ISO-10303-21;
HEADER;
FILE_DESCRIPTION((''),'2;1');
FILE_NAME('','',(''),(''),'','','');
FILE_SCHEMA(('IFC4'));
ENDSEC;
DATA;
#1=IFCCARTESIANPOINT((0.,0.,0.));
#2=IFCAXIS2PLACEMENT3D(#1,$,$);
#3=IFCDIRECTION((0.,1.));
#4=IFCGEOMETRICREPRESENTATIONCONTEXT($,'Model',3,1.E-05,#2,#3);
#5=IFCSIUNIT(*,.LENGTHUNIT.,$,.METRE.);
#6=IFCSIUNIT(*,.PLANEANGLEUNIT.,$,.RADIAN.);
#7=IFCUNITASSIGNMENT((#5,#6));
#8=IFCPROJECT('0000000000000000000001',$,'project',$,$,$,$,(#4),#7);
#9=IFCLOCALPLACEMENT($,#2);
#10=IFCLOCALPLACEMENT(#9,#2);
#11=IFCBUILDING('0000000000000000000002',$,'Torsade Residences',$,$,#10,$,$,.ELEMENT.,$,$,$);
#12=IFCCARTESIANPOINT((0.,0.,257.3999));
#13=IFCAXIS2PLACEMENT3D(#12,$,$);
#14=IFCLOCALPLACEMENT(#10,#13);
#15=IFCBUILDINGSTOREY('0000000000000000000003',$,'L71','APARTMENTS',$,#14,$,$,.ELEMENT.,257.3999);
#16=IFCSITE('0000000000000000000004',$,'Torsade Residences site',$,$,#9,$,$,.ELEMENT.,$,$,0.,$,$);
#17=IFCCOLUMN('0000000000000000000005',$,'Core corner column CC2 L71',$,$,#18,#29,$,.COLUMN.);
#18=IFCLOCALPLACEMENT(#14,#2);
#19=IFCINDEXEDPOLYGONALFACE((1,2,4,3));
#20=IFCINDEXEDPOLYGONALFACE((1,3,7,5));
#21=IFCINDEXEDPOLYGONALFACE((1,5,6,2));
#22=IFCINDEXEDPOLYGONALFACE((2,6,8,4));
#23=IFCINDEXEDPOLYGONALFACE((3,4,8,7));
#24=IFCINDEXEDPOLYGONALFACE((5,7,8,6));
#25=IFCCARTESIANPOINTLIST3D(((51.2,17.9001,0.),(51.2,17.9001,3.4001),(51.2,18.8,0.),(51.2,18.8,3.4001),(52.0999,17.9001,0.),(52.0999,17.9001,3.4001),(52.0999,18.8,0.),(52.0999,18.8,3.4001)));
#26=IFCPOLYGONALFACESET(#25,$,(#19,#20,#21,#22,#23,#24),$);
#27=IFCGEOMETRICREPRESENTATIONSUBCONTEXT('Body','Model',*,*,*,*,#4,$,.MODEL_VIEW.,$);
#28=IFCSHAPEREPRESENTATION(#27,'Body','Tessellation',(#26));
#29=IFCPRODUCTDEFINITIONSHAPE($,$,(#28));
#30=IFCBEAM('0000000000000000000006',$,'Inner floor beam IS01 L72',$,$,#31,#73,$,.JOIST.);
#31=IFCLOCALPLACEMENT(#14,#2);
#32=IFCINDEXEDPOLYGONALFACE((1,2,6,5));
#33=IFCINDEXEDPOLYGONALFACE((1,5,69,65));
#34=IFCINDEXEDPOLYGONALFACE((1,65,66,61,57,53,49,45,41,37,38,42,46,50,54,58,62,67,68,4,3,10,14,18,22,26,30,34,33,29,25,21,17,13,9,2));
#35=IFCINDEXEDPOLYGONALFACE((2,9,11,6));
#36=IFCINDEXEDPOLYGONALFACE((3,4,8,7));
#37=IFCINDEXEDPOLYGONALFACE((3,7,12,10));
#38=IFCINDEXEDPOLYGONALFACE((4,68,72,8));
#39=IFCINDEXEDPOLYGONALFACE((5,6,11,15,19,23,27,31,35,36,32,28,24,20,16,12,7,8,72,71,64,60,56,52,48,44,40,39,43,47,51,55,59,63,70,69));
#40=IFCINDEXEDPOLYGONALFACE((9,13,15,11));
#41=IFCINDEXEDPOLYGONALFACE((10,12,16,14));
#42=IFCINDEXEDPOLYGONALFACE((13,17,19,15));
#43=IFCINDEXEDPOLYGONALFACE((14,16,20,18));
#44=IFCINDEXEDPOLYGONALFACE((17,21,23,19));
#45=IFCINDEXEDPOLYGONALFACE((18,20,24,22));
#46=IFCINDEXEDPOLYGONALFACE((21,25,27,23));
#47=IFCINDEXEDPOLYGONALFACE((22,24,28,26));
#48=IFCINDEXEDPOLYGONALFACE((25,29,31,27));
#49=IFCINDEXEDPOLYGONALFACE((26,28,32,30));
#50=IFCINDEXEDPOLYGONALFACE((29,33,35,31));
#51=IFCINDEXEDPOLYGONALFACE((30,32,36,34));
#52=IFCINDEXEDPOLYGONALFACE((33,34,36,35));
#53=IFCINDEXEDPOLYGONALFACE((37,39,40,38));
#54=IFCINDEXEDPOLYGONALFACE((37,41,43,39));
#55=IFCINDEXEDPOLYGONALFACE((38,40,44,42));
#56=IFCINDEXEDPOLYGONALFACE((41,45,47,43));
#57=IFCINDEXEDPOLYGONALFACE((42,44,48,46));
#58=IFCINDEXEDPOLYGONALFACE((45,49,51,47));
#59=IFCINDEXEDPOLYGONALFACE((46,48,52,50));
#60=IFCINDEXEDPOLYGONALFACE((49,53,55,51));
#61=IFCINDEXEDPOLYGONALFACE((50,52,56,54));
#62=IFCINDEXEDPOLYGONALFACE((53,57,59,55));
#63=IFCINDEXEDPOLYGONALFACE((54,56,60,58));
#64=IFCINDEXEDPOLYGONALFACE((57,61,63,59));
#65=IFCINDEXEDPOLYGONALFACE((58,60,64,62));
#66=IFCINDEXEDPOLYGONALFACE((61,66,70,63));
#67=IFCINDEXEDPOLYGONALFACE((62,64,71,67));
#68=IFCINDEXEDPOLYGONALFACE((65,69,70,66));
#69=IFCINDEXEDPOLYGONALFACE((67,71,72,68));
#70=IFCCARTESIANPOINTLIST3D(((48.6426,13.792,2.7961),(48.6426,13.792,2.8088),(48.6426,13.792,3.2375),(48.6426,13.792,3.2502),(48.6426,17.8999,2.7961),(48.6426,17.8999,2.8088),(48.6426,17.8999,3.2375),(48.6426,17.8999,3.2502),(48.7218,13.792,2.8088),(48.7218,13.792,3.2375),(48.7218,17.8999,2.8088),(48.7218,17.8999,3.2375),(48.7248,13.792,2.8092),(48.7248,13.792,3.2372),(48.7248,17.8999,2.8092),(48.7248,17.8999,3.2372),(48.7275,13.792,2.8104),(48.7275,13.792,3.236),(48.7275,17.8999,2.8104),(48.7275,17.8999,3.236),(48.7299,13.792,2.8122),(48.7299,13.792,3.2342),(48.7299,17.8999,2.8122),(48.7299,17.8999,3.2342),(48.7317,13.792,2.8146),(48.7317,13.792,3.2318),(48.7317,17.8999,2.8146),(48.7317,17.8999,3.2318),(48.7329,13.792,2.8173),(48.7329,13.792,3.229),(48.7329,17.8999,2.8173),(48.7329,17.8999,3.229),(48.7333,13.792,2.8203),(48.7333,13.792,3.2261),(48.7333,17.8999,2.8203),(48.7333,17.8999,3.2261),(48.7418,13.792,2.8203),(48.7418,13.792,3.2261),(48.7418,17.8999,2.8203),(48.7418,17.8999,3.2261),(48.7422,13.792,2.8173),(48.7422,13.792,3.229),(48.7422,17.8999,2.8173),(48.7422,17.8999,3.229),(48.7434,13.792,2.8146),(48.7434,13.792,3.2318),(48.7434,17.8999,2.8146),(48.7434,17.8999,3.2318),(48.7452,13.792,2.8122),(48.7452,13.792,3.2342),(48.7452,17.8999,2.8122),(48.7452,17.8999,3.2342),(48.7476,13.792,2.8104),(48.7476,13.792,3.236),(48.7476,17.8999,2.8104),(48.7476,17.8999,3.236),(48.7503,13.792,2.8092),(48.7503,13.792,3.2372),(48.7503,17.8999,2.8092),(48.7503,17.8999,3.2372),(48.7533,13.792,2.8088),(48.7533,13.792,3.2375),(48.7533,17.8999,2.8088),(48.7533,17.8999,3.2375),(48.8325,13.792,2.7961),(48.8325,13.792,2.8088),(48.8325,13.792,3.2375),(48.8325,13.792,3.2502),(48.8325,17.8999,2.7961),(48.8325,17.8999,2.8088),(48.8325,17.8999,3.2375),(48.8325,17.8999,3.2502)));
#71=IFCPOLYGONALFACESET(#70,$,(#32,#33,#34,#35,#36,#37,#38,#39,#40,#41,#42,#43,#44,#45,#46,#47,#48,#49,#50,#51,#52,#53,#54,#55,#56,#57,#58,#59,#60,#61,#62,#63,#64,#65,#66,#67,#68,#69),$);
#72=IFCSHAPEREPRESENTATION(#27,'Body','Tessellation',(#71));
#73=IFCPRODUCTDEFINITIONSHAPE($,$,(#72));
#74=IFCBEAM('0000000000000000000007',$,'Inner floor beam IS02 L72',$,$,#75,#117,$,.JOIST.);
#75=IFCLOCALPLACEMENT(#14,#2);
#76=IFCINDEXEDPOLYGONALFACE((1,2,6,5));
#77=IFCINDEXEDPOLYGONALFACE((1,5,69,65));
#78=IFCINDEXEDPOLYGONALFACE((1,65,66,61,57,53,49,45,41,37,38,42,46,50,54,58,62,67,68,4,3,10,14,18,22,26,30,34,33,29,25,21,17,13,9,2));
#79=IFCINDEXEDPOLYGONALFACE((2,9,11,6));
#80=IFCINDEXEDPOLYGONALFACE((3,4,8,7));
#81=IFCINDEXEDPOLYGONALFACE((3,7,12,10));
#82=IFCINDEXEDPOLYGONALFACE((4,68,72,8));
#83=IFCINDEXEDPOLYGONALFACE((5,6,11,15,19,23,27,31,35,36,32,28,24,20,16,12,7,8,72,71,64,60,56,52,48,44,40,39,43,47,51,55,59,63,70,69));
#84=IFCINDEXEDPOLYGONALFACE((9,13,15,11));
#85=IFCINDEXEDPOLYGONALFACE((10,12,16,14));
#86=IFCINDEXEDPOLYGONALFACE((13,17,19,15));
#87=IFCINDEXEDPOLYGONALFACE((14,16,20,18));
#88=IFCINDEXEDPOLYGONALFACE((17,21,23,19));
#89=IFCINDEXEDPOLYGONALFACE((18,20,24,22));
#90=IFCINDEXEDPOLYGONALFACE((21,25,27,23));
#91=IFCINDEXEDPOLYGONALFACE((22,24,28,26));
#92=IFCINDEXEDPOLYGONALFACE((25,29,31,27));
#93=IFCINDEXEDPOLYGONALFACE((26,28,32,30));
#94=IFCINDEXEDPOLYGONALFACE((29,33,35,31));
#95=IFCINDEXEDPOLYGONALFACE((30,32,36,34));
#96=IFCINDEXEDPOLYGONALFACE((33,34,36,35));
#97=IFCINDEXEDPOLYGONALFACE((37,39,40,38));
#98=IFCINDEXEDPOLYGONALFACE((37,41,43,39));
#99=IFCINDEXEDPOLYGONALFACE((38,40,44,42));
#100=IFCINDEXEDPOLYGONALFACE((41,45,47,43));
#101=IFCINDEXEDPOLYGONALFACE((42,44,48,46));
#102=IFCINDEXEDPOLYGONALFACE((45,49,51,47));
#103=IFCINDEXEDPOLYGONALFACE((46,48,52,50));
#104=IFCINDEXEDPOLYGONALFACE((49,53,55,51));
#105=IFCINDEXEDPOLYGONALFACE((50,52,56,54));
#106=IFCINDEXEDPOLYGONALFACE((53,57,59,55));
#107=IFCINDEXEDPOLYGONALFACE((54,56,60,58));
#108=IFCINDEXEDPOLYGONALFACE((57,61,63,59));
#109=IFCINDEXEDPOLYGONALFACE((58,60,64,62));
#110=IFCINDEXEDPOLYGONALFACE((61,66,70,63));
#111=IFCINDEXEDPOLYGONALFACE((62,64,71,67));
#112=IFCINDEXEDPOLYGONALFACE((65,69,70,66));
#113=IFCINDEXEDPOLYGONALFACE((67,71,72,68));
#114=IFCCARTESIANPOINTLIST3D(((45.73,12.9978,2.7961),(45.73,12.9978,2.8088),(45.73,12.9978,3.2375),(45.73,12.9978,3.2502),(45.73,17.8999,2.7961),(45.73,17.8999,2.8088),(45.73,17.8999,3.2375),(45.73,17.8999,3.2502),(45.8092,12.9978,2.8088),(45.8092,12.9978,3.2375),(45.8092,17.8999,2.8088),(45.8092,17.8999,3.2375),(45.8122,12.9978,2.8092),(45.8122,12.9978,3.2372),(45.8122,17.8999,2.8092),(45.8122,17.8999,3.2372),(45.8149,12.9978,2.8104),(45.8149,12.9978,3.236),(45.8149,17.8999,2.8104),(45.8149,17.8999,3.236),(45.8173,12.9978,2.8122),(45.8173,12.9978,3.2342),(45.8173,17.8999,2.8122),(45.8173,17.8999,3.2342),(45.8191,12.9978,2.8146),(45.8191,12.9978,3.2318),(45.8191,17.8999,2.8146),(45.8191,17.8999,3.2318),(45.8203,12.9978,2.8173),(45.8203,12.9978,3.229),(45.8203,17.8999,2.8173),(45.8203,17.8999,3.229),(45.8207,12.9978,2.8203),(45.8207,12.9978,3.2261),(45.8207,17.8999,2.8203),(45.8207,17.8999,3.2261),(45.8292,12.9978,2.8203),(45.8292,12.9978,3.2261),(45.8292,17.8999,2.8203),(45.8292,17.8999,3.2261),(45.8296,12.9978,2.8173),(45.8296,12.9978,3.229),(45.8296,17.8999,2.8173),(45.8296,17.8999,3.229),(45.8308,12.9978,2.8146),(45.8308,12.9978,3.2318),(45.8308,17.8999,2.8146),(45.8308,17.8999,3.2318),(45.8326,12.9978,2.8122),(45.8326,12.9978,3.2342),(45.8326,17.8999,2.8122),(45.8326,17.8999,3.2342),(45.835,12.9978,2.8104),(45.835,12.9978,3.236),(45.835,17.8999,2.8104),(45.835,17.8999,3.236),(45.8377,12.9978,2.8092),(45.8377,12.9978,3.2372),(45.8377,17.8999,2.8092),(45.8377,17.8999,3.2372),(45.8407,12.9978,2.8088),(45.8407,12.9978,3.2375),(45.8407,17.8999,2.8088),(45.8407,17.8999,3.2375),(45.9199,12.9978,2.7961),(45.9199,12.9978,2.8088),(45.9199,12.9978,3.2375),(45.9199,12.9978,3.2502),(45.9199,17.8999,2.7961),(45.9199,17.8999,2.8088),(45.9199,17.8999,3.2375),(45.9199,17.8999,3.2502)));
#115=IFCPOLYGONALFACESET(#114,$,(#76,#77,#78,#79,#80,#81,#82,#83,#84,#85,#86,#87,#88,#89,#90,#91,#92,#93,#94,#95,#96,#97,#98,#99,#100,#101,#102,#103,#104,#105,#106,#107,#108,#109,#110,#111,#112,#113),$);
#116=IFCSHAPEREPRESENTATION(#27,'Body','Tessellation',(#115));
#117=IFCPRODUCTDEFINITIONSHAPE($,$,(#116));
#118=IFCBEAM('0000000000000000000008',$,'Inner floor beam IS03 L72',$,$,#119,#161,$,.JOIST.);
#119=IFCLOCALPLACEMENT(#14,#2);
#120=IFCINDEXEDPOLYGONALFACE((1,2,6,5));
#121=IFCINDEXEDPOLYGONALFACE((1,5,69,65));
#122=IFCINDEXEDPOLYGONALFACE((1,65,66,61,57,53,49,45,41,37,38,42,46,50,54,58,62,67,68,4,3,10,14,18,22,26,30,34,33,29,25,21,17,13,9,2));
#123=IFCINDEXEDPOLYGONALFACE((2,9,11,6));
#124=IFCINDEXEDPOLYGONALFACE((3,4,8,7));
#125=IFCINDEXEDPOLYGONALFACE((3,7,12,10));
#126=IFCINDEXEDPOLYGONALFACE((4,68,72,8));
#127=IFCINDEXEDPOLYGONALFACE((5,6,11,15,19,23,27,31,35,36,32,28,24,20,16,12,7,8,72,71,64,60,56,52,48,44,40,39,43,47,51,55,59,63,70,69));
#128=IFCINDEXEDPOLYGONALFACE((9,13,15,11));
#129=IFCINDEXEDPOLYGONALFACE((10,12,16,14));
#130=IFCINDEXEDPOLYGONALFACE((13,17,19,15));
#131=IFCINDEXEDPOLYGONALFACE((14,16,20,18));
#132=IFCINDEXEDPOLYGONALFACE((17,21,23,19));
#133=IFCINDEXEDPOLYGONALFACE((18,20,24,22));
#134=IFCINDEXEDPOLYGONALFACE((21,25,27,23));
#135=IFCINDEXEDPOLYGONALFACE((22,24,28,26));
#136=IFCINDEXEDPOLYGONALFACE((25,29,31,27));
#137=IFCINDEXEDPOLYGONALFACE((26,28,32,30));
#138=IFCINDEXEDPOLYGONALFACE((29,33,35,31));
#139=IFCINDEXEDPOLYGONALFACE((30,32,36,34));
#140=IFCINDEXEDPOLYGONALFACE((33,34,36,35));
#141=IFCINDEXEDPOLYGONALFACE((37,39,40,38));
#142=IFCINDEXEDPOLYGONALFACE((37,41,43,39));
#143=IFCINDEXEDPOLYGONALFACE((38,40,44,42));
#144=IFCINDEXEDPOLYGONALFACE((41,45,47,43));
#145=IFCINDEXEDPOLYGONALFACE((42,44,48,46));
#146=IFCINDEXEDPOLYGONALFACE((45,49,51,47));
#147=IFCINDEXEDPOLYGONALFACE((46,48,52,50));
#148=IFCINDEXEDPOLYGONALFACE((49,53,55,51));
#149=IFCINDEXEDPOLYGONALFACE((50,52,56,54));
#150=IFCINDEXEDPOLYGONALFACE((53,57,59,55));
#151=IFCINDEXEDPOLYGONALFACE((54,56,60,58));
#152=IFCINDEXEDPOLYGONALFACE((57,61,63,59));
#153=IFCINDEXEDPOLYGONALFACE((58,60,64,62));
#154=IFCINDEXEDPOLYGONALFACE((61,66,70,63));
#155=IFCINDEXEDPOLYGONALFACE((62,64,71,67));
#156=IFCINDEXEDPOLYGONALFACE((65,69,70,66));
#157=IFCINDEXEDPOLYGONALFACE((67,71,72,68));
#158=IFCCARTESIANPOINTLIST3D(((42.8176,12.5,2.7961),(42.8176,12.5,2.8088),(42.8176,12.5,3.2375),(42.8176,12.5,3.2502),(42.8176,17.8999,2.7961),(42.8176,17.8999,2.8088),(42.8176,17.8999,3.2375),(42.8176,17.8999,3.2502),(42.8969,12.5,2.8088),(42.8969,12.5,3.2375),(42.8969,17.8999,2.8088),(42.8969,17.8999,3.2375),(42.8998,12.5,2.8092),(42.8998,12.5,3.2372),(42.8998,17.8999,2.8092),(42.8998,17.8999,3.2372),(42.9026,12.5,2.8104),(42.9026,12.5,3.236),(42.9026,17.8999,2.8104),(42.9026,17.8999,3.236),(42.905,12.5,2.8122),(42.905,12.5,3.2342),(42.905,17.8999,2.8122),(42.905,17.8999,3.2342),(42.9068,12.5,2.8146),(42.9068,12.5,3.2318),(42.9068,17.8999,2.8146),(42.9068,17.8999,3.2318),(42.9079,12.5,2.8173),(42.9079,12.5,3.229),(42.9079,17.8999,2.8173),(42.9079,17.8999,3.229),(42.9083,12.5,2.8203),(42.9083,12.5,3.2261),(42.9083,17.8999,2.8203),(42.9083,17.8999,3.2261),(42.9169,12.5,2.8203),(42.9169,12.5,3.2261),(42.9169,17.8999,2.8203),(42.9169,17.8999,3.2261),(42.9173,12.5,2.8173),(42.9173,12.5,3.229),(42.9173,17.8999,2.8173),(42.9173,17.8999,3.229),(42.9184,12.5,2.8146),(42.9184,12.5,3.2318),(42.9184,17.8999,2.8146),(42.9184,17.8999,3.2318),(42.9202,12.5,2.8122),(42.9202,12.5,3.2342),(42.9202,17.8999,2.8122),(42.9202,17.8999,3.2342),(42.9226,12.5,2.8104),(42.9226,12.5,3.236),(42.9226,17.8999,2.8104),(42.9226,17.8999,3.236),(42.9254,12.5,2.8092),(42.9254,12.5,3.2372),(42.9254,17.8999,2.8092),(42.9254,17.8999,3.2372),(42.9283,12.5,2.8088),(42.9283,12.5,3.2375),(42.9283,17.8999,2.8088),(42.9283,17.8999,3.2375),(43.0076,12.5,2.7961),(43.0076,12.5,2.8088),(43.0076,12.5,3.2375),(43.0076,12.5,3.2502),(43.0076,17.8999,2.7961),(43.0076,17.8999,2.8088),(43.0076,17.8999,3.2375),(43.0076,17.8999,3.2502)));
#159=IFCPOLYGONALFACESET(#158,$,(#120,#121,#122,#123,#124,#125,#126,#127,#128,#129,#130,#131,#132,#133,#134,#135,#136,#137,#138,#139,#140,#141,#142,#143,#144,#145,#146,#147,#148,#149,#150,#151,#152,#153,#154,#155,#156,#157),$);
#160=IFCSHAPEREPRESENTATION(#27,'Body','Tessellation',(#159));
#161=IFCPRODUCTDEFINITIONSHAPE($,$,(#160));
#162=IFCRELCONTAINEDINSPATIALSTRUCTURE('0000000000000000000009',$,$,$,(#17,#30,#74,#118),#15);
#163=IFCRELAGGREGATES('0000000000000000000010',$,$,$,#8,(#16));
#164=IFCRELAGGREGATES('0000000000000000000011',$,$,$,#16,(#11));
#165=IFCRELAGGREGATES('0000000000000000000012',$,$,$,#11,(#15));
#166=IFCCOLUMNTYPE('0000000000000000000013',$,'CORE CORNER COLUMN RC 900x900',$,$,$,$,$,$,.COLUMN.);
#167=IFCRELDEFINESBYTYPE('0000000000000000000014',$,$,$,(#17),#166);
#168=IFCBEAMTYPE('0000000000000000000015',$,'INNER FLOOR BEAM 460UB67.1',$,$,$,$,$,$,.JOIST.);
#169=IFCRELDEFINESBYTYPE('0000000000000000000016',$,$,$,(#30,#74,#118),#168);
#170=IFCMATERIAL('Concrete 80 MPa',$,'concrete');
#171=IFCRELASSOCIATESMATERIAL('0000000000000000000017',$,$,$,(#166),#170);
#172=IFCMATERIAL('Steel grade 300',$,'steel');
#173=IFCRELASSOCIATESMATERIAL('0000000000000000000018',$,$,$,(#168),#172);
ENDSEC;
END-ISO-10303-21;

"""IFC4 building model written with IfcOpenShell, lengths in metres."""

from ifc_helpers import new_model, si_unit, direction, frame, origin, origin_2d, place, context, subcontext, project, spatial, rectangle, i_section, extrude, material, material_profile, profile_set, type_object, element, save


model = new_model("IFC4")

# Units and contexts
model_context = context("Model", 3, precision=1e-05, world=origin(), true_north=direction((0.0, 1.0)))
body_context = subcontext(model_context, "Body", "Model", "MODEL_VIEW")
ifc_project = project(units=[si_unit("LENGTHUNIT", "METRE"), si_unit("PLANEANGLEUNIT", "RADIAN")], contexts=[model_context])

# Site, building, storey
site_placement = place(None, origin())
site = spatial("IfcSite", under=ifc_project, at=site_placement, Name="Torsade Residences site", CompositionType="ELEMENT", RefElevation=0.0)
building_placement = place(site_placement, origin())
building = spatial("IfcBuilding", under=site, at=building_placement, Name="Torsade Residences", CompositionType="ELEMENT")
storey_placement = place(building_placement, frame((0.0, 0.0, 257.3999)))
storey = spatial("IfcBuildingStorey", under=building, at=storey_placement, Name="L71", Description="APARTMENTS", CompositionType="ELEMENT", Elevation=257.3999)

# Column
ifc_material_1 = material(Name="Concrete 80 MPa", Category="concrete")
ifc_material_profile_1 = material_profile(ifc_material_1, rectangle(XDim=0.8999, YDim=0.8999, at=origin_2d()), Name="RC 900x900")
ifc_profile_set_1 = profile_set([ifc_material_profile_1], Name="Concrete 80 MPa")
column_type = type_object("IfcColumnType", Name="CORE CORNER COLUMN RC 900x900", PredefinedType="COLUMN", material=ifc_profile_set_1)
column_placement = place(storey_placement, frame((51.6499, 18.3501, 0.0), z_axis=(0.0, 0.0, 1.0), x_axis=(1.0, 0.0, 0.0)))
element("IfcColumn", 1, at=column_placement, inside=storey, type_object=column_type, Name="Core corner column CC2 L71", PredefinedType="COLUMN", context=body_context, shape_type="SweptSolid", body=[
    extrude(rectangle(XDim=0.8999, YDim=0.8999, at=origin_2d()), origin(), (0.0, 0.0, 1.0), 3.4001),
])

# Beams
ifc_material_2 = material(Name="Steel grade 300", Category="steel")
ifc_material_profile_2 = material_profile(ifc_material_2, i_section(OverallWidth=0.1899, OverallDepth=0.4541, WebThickness=0.0085, FlangeThickness=0.0127, FilletRadius=0.0115, at=origin_2d()), Name="460UB67.1")
ifc_profile_set_2 = profile_set([ifc_material_profile_2], Name="Steel grade 300")
beam_type_1 = type_object("IfcBeamType", Name="INNER FLOOR BEAM 460UB67.1", PredefinedType="JOIST", material=ifc_profile_set_2)
beam_1_placement = place(storey_placement, frame((48.7375, 17.8999, 3.0232), z_axis=(0.0, -1.0, 0.0), x_axis=(1.0, 0.0, 0.0)))
element("IfcBeam", 2, at=beam_1_placement, inside=storey, type_object=beam_type_1, Name="Inner floor beam IS01 L72", PredefinedType="JOIST", context=body_context, shape_type="SweptSolid", body=[
    extrude(i_section(OverallWidth=0.1899, OverallDepth=0.4541, WebThickness=0.0085, FlangeThickness=0.0127, FilletRadius=0.0115, at=origin_2d()), origin(), (0.0, 0.0, 1.0), 4.1079),
])
beam_2_placement = place(storey_placement, frame((45.825, 17.8999, 3.0232), z_axis=(0.0, -1.0, 0.0), x_axis=(1.0, 0.0, 0.0)))
element("IfcBeam", 3, at=beam_2_placement, inside=storey, type_object=beam_type_1, Name="Inner floor beam IS02 L72", PredefinedType="JOIST", context=body_context, shape_type="SweptSolid", body=[
    extrude(i_section(OverallWidth=0.1899, OverallDepth=0.4541, WebThickness=0.0085, FlangeThickness=0.0127, FilletRadius=0.0115, at=origin_2d()), origin(), (0.0, 0.0, 1.0), 4.9021),
])
for number, where, z_axis, x_axis, name in (
    (4, (42.9126, 17.8999, 3.0232), (0.0, -1.0, 0.0), (1.0, 0.0, 0.0), "Inner floor beam IS03 L72"),
):
    element("IfcBeam", number, at=place(storey_placement, frame(where, z_axis=z_axis, x_axis=x_axis)), inside=storey, type_object=beam_type_1, Name=name, PredefinedType="JOIST", context=body_context, shape_type="SweptSolid", body=[
        extrude(i_section(OverallWidth=0.1899, OverallDepth=0.4541, WebThickness=0.0085, FlangeThickness=0.0127, FilletRadius=0.0115, at=origin_2d()), origin(), (0.0, 0.0, 1.0), 5.3999),
    ])

save(model, "model.ifc")
